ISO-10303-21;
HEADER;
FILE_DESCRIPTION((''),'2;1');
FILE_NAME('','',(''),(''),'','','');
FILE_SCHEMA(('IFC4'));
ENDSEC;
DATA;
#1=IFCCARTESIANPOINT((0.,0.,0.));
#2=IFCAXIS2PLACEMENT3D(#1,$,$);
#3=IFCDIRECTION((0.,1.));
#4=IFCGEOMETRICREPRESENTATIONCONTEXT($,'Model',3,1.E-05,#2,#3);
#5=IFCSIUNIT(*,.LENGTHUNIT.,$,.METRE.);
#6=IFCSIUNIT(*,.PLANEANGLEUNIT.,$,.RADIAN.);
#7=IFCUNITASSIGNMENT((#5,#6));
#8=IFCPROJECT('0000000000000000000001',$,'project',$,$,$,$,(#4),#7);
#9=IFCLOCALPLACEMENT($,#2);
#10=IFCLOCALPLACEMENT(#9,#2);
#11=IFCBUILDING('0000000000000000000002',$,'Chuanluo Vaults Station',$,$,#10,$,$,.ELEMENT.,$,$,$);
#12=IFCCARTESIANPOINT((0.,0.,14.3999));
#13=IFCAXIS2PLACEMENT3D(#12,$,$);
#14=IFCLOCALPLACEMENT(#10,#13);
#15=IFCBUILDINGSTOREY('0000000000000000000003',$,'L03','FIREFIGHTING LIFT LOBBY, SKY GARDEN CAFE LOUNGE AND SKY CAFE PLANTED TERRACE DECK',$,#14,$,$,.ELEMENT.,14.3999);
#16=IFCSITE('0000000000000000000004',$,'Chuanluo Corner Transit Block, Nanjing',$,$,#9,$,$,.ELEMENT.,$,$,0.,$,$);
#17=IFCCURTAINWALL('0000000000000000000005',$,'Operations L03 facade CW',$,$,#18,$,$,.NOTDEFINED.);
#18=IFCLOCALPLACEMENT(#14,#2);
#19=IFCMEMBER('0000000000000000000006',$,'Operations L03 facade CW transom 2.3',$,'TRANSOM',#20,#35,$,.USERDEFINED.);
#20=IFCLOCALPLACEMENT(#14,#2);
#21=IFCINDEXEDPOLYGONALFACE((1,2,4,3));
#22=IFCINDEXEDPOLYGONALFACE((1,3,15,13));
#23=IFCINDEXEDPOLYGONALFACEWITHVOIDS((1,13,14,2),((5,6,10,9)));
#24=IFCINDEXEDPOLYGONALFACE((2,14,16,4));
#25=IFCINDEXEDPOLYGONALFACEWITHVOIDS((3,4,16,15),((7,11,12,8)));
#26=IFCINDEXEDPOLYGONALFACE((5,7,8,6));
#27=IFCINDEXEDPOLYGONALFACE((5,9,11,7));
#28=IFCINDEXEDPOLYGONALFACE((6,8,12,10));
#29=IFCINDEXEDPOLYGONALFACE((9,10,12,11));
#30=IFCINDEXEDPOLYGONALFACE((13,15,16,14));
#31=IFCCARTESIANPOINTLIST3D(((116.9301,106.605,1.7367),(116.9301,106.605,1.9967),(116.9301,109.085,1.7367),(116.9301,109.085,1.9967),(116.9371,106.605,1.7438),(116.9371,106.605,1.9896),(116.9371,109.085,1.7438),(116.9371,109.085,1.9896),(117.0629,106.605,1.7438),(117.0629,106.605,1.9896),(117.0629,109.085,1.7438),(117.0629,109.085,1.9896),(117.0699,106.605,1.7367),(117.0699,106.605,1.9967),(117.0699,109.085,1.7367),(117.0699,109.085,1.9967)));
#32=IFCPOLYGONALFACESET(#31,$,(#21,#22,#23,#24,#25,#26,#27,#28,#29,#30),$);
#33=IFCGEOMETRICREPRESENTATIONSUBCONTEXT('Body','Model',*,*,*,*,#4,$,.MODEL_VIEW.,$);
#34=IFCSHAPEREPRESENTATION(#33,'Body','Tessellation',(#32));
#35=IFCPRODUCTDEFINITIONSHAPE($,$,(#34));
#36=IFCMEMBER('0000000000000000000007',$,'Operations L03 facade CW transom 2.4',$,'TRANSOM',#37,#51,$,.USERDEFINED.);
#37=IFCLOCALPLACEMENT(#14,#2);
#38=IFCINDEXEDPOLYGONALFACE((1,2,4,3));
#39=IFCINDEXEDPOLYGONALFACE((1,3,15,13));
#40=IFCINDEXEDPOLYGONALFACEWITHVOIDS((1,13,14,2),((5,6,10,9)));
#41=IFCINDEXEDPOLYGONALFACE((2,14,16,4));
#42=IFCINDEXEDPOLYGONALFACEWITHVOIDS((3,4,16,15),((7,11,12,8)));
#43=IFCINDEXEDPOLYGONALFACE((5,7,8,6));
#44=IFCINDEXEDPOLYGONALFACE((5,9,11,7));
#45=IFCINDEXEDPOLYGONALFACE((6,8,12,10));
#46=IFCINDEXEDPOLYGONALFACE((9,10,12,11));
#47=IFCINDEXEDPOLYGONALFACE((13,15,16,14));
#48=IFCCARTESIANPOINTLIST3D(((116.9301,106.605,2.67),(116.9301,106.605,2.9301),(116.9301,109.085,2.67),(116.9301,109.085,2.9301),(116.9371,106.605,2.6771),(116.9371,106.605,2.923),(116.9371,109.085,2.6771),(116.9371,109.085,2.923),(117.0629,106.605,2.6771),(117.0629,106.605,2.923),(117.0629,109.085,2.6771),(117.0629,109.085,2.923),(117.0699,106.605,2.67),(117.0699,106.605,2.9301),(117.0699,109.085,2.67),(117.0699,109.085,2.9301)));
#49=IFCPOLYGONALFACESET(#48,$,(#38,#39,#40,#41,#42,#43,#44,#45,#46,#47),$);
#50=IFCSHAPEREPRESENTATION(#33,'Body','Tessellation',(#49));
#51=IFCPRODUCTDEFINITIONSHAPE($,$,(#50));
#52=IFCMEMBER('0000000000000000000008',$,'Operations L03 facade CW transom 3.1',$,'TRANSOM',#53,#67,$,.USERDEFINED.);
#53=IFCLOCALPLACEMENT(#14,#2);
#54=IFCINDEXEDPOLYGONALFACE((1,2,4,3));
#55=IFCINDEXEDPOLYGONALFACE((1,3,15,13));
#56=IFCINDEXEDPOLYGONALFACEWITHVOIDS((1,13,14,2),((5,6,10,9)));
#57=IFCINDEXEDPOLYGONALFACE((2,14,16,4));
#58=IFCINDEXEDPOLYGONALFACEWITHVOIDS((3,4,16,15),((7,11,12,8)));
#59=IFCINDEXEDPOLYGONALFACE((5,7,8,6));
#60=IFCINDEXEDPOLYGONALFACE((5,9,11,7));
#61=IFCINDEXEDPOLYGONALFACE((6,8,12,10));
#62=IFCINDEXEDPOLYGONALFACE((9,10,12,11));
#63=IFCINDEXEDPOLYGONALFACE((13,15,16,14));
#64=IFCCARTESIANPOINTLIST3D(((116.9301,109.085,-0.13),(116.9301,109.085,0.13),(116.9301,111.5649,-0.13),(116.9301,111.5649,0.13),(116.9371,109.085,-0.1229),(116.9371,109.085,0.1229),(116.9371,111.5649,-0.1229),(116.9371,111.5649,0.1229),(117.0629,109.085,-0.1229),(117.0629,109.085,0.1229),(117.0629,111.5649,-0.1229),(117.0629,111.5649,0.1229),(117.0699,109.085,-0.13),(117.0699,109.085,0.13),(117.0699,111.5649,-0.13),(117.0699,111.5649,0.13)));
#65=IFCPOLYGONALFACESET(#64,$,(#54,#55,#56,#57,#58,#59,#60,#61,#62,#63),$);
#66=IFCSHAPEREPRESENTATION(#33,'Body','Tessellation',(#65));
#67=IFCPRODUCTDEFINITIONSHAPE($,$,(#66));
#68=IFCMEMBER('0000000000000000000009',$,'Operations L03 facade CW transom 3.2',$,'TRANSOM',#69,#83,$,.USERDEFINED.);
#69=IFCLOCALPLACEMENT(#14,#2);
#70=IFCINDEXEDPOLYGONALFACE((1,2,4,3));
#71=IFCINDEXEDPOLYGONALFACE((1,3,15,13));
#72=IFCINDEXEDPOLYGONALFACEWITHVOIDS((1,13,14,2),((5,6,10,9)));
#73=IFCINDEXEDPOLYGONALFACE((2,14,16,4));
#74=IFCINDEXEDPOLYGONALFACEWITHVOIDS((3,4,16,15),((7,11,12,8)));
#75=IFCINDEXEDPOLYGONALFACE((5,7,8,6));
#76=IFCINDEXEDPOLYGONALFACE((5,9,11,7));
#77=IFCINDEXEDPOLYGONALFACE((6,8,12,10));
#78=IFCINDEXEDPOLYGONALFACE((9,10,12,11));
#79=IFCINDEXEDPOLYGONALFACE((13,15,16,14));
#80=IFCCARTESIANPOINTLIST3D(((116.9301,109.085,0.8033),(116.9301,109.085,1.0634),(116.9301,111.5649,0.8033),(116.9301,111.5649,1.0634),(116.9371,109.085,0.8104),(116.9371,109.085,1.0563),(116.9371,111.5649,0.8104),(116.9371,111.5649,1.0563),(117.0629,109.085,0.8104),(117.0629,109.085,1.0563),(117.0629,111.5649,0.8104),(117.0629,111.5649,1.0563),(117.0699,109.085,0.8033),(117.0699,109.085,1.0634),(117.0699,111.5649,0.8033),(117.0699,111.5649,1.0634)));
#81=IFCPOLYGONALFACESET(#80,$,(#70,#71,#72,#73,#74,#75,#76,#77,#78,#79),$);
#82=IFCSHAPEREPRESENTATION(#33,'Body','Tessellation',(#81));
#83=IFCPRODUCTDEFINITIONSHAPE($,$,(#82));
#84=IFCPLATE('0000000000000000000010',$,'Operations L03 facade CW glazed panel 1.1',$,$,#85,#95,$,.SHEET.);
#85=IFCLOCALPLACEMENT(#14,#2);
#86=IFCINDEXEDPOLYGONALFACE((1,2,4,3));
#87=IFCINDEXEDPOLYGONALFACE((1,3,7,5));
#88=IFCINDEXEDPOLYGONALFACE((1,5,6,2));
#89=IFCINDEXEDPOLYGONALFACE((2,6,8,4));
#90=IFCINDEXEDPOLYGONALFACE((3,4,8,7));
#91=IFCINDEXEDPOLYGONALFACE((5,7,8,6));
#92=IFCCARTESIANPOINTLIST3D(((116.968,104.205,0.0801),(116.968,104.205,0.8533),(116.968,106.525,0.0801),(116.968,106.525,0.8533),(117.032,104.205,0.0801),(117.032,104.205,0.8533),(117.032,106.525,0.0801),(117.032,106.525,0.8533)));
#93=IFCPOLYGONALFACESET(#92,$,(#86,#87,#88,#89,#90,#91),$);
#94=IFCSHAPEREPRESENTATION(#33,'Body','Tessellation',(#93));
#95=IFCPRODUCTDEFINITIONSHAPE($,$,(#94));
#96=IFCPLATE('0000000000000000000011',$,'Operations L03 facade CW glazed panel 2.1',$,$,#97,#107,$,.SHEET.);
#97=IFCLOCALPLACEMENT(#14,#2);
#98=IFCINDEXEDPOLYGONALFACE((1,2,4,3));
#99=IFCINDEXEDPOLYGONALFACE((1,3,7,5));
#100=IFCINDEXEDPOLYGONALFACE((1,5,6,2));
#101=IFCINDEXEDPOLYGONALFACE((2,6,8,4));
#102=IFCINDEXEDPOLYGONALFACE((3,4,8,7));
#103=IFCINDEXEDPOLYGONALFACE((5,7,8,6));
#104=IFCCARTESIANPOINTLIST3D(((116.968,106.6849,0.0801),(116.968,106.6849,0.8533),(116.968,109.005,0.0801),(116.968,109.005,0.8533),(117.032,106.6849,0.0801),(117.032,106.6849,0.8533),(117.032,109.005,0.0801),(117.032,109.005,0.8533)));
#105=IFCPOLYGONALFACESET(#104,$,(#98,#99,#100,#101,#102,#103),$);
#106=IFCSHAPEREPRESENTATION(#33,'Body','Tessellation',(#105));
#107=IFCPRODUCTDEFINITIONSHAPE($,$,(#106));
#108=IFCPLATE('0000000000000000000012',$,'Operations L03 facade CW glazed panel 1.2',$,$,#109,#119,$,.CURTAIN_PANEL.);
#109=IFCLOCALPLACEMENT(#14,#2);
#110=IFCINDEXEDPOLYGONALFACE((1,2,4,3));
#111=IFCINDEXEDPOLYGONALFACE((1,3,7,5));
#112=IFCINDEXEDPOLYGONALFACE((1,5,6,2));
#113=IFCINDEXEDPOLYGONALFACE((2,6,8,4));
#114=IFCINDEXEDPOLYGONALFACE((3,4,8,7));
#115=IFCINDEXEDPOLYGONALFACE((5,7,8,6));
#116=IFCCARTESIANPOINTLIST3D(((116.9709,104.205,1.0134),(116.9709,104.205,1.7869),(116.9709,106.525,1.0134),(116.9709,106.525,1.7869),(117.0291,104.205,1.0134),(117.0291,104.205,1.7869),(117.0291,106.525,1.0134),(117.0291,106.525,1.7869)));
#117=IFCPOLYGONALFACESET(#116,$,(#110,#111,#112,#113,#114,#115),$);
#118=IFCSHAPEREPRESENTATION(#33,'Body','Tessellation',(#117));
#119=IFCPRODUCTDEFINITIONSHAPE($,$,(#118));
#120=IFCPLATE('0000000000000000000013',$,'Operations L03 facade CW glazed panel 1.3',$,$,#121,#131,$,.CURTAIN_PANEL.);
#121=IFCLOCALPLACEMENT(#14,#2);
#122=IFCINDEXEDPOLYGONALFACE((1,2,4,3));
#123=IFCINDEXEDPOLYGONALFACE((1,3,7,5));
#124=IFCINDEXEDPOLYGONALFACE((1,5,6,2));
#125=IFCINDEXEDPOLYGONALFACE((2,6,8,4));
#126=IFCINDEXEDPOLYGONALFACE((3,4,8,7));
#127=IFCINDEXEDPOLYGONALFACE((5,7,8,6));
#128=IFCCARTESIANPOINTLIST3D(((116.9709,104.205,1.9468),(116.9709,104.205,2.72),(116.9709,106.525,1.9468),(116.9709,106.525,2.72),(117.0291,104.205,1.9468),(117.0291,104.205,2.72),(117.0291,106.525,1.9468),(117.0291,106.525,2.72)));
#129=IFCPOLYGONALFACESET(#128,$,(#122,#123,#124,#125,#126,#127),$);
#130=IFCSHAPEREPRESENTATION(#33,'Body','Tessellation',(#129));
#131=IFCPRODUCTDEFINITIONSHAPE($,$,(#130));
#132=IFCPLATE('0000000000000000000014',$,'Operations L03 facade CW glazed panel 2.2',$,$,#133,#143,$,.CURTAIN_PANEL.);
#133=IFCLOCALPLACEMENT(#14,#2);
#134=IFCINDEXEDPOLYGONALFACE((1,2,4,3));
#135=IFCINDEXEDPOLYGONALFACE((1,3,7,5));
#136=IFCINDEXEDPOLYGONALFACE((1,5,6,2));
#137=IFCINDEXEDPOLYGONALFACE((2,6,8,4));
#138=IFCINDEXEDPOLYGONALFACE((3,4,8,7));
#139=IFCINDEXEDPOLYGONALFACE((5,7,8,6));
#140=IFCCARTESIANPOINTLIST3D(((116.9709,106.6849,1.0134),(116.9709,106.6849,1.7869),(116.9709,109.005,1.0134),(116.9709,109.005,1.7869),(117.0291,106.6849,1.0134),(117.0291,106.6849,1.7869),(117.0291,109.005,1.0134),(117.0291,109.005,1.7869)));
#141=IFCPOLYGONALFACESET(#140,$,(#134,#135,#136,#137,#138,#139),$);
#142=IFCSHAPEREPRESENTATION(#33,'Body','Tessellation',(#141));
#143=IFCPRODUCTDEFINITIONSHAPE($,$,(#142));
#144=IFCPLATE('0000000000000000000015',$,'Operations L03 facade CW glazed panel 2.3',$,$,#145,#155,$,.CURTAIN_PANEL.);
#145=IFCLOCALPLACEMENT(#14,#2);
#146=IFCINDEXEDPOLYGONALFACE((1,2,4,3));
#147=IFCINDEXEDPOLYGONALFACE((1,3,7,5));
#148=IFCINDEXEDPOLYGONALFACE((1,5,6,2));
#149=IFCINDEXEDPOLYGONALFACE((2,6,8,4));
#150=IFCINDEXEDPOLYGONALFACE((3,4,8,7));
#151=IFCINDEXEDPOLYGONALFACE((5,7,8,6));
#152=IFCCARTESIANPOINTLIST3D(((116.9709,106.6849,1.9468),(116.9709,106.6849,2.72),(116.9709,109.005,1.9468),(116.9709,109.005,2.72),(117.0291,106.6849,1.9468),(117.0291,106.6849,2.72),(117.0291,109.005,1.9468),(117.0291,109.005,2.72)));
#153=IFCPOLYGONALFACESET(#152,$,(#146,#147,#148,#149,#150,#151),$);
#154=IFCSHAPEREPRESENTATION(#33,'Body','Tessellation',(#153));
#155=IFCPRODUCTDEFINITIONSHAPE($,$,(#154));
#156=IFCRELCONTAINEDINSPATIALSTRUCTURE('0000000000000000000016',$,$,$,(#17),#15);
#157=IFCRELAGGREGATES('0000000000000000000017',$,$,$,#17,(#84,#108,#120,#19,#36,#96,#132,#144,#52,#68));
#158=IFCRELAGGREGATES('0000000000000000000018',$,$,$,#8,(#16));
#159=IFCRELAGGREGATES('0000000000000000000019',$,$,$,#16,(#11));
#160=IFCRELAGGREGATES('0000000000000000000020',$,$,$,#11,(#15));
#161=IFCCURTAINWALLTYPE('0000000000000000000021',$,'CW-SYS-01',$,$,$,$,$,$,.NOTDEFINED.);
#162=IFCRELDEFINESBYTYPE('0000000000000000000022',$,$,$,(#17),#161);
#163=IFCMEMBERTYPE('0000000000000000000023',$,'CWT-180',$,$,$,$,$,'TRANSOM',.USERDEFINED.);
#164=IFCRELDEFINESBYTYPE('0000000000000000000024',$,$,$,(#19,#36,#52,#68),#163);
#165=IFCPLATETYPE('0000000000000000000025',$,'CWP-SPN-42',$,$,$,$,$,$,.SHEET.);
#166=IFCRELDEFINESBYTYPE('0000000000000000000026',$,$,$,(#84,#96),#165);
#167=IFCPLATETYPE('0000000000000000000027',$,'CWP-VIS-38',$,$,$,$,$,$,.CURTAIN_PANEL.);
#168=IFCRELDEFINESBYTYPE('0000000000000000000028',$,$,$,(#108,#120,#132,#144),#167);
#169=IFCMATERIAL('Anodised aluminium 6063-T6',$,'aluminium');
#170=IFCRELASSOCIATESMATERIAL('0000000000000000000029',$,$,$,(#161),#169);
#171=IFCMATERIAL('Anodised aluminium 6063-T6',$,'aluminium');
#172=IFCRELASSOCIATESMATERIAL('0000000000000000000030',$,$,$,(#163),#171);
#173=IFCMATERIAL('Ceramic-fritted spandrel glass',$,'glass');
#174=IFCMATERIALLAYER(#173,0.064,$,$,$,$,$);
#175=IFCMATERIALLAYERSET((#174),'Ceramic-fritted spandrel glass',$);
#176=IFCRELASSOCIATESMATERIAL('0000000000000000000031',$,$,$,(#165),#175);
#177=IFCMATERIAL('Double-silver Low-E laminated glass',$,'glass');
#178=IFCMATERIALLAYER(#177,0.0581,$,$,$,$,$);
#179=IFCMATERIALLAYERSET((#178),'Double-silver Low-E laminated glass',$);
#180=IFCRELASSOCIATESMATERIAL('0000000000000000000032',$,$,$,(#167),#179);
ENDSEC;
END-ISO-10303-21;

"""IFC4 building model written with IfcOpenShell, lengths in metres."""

from ifc_helpers import new_model, si_unit, direction, frame, origin, origin_2d, place, context, subcontext, project, spatial, rectangle, hollow_rectangle, extrude, material, layer, layer_set, material_profile, profile_set, type_object, element, aggregate, save


model = new_model("IFC4")

# Units and contexts
model_context = context("Model", 3, precision=1e-05, world=origin(), true_north=direction((0.0, 1.0)))
body_context = subcontext(model_context, "Body", "Model", "MODEL_VIEW")
ifc_project = project(units=[si_unit("LENGTHUNIT", "METRE"), si_unit("PLANEANGLEUNIT", "RADIAN")], contexts=[model_context])

# Site, building, storey
site_placement = place(None, origin())
site = spatial("IfcSite", under=ifc_project, at=site_placement, Name="Chuanluo Corner Transit Block, Nanjing", CompositionType="ELEMENT", RefElevation=0.0)
building_placement = place(site_placement, origin())
building = spatial("IfcBuilding", under=site, at=building_placement, Name="Chuanluo Vaults Station", CompositionType="ELEMENT")
storey_placement = place(building_placement, frame((0.0, 0.0, 14.3999)))
storey = spatial("IfcBuildingStorey", under=building, at=storey_placement, Name="L03", Description="FIREFIGHTING LIFT LOBBY, SKY GARDEN CAFE LOUNGE AND SKY CAFE PLANTED TERRACE DECK", CompositionType="ELEMENT", Elevation=14.3999)

# Curtain wall, members, plates
ifc_material_1 = material(Name="Anodised aluminium 6063-T6", Category="aluminium")
curtain_wall_type = type_object("IfcCurtainWallType", Name="CW-SYS-01", PredefinedType="NOTDEFINED", material=ifc_material_1)
curtain_wall_placement = place(storey_placement, origin())
curtain_wall = element("IfcCurtainWall", 1, at=curtain_wall_placement, inside=storey, type_object=curtain_wall_type, Name="Operations L03 facade CW", PredefinedType="NOTDEFINED")
ifc_material_2 = material(Name="Anodised aluminium 6063-T6", Category="aluminium")
ifc_material_profile_1 = material_profile(ifc_material_2, hollow_rectangle(XDim=0.1399, YDim=0.26, WallThickness=0.0071, at=origin_2d()))
ifc_profile_set_1 = profile_set([ifc_material_profile_1], Name="Anodised aluminium 6063-T6")
member_type_1 = type_object("IfcMemberType", Name="CWT-180", ElementType="TRANSOM", PredefinedType="USERDEFINED", material=ifc_profile_set_1)
member_1_placement = place(storey_placement, frame((117.0, 106.605, 1.8667), z_axis=(0.0, 1.0, 0.0), x_axis=(-1.0, 0.0, 0.0)))
member_1 = element("IfcMember", 2, at=member_1_placement, type_object=member_type_1, Name="Operations L03 facade CW transom 2.3", ObjectType="TRANSOM", PredefinedType="USERDEFINED", context=body_context, shape_type="SweptSolid", body=[
    extrude(hollow_rectangle(XDim=0.1399, YDim=0.26, WallThickness=0.0071, at=origin_2d()), origin(), (0.0, 0.0, 1.0), 2.48),
])
member_2_placement = place(storey_placement, frame((117.0, 106.605, 2.8), z_axis=(0.0, 1.0, 0.0), x_axis=(-1.0, 0.0, 0.0)))
member_2 = element("IfcMember", 3, at=member_2_placement, type_object=member_type_1, Name="Operations L03 facade CW transom 2.4", ObjectType="TRANSOM", PredefinedType="USERDEFINED", context=body_context, shape_type="SweptSolid", body=[
    extrude(hollow_rectangle(XDim=0.1399, YDim=0.26, WallThickness=0.0071, at=origin_2d()), origin(), (0.0, 0.0, 1.0), 2.48),
])
member_3_placement = place(storey_placement, frame((117.0, 109.085, 0.0), z_axis=(0.0, 1.0, 0.0), x_axis=(-1.0, 0.0, 0.0)))
member_3 = element("IfcMember", 4, at=member_3_placement, type_object=member_type_1, Name="Operations L03 facade CW transom 3.1", ObjectType="TRANSOM", PredefinedType="USERDEFINED", context=body_context, shape_type="SweptSolid", body=[
    extrude(hollow_rectangle(XDim=0.1399, YDim=0.26, WallThickness=0.0071, at=origin_2d()), origin(), (0.0, 0.0, 1.0), 2.48),
])
member_4_placement = place(storey_placement, frame((117.0, 109.085, 0.9333), z_axis=(0.0, 1.0, 0.0), x_axis=(-1.0, 0.0, 0.0)))
member_4 = element("IfcMember", 5, at=member_4_placement, type_object=member_type_1, Name="Operations L03 facade CW transom 3.2", ObjectType="TRANSOM", PredefinedType="USERDEFINED", context=body_context, shape_type="SweptSolid", body=[
    extrude(hollow_rectangle(XDim=0.1399, YDim=0.26, WallThickness=0.0071, at=origin_2d()), origin(), (0.0, 0.0, 1.0), 2.48),
])
ifc_material_3 = material(Name="Ceramic-fritted spandrel glass", Category="glass")
ifc_layer_1 = layer(ifc_material_3, 0.064)
ifc_layer_set_1 = layer_set([ifc_layer_1], Name="Ceramic-fritted spandrel glass")
plate_type_1 = type_object("IfcPlateType", Name="CWP-SPN-42", PredefinedType="SHEET", material=ifc_layer_set_1)
plate_1_placement = place(storey_placement, frame((117.0, 105.365, 0.0801), z_axis=(0.0, 0.0, 1.0), x_axis=(0.0, 1.0, 0.0)))
plate_1 = element("IfcPlate", 6, at=plate_1_placement, type_object=plate_type_1, Name="Operations L03 facade CW glazed panel 1.1", PredefinedType="SHEET", context=body_context, shape_type="SweptSolid", body=[
    extrude(rectangle(XDim=2.3201, YDim=0.064, at=origin_2d()), origin(), (0.0, 0.0, 1.0), 0.7732),
])
plate_2_placement = place(storey_placement, frame((117.0, 107.845, 0.0801), z_axis=(0.0, 0.0, 1.0), x_axis=(0.0, 1.0, 0.0)))
plate_2 = element("IfcPlate", 7, at=plate_2_placement, type_object=plate_type_1, Name="Operations L03 facade CW glazed panel 2.1", PredefinedType="SHEET", context=body_context, shape_type="SweptSolid", body=[
    extrude(rectangle(XDim=2.3201, YDim=0.064, at=origin_2d()), origin(), (0.0, 0.0, 1.0), 0.7732),
])
ifc_material_4 = material(Name="Double-silver Low-E laminated glass", Category="glass")
ifc_layer_2 = layer(ifc_material_4, 0.0581)
ifc_layer_set_2 = layer_set([ifc_layer_2], Name="Double-silver Low-E laminated glass")
plate_type_2 = type_object("IfcPlateType", Name="CWP-VIS-38", PredefinedType="CURTAIN_PANEL", material=ifc_layer_set_2)
plate_3_placement = place(storey_placement, frame((117.0, 105.365, 1.0134), z_axis=(0.0, 0.0, 1.0), x_axis=(0.0, 1.0, 0.0)))
plate_3 = element("IfcPlate", 8, at=plate_3_placement, type_object=plate_type_2, Name="Operations L03 facade CW glazed panel 1.2", PredefinedType="CURTAIN_PANEL", context=body_context, shape_type="SweptSolid", body=[
    extrude(rectangle(XDim=2.3201, YDim=0.0581, at=origin_2d()), origin(), (0.0, 0.0, 1.0), 0.7734),
])
plate_4_placement = place(storey_placement, frame((117.0, 105.365, 1.9468), z_axis=(0.0, 0.0, 1.0), x_axis=(0.0, 1.0, 0.0)))
plate_4 = element("IfcPlate", 9, at=plate_4_placement, type_object=plate_type_2, Name="Operations L03 facade CW glazed panel 1.3", PredefinedType="CURTAIN_PANEL", context=body_context, shape_type="SweptSolid", body=[
    extrude(rectangle(XDim=2.3201, YDim=0.0581, at=origin_2d()), origin(), (0.0, 0.0, 1.0), 0.7732),
])
plate_5_placement = place(storey_placement, frame((117.0, 107.845, 1.0134), z_axis=(0.0, 0.0, 1.0), x_axis=(0.0, 1.0, 0.0)))
plate_5 = element("IfcPlate", 10, at=plate_5_placement, type_object=plate_type_2, Name="Operations L03 facade CW glazed panel 2.2", PredefinedType="CURTAIN_PANEL", context=body_context, shape_type="SweptSolid", body=[
    extrude(rectangle(XDim=2.3201, YDim=0.0581, at=origin_2d()), origin(), (0.0, 0.0, 1.0), 0.7734),
])
plate_6_placement = place(storey_placement, frame((117.0, 107.845, 1.9468), z_axis=(0.0, 0.0, 1.0), x_axis=(0.0, 1.0, 0.0)))
plate_6 = element("IfcPlate", 11, at=plate_6_placement, type_object=plate_type_2, Name="Operations L03 facade CW glazed panel 2.3", PredefinedType="CURTAIN_PANEL", context=body_context, shape_type="SweptSolid", body=[
    extrude(rectangle(XDim=2.3201, YDim=0.0581, at=origin_2d()), origin(), (0.0, 0.0, 1.0), 0.7732),
])
aggregate(curtain_wall, [plate_1, plate_3, plate_4, member_1, member_2, plate_2, plate_5, plate_6, member_3, member_4])

save(model, "model.ifc")
